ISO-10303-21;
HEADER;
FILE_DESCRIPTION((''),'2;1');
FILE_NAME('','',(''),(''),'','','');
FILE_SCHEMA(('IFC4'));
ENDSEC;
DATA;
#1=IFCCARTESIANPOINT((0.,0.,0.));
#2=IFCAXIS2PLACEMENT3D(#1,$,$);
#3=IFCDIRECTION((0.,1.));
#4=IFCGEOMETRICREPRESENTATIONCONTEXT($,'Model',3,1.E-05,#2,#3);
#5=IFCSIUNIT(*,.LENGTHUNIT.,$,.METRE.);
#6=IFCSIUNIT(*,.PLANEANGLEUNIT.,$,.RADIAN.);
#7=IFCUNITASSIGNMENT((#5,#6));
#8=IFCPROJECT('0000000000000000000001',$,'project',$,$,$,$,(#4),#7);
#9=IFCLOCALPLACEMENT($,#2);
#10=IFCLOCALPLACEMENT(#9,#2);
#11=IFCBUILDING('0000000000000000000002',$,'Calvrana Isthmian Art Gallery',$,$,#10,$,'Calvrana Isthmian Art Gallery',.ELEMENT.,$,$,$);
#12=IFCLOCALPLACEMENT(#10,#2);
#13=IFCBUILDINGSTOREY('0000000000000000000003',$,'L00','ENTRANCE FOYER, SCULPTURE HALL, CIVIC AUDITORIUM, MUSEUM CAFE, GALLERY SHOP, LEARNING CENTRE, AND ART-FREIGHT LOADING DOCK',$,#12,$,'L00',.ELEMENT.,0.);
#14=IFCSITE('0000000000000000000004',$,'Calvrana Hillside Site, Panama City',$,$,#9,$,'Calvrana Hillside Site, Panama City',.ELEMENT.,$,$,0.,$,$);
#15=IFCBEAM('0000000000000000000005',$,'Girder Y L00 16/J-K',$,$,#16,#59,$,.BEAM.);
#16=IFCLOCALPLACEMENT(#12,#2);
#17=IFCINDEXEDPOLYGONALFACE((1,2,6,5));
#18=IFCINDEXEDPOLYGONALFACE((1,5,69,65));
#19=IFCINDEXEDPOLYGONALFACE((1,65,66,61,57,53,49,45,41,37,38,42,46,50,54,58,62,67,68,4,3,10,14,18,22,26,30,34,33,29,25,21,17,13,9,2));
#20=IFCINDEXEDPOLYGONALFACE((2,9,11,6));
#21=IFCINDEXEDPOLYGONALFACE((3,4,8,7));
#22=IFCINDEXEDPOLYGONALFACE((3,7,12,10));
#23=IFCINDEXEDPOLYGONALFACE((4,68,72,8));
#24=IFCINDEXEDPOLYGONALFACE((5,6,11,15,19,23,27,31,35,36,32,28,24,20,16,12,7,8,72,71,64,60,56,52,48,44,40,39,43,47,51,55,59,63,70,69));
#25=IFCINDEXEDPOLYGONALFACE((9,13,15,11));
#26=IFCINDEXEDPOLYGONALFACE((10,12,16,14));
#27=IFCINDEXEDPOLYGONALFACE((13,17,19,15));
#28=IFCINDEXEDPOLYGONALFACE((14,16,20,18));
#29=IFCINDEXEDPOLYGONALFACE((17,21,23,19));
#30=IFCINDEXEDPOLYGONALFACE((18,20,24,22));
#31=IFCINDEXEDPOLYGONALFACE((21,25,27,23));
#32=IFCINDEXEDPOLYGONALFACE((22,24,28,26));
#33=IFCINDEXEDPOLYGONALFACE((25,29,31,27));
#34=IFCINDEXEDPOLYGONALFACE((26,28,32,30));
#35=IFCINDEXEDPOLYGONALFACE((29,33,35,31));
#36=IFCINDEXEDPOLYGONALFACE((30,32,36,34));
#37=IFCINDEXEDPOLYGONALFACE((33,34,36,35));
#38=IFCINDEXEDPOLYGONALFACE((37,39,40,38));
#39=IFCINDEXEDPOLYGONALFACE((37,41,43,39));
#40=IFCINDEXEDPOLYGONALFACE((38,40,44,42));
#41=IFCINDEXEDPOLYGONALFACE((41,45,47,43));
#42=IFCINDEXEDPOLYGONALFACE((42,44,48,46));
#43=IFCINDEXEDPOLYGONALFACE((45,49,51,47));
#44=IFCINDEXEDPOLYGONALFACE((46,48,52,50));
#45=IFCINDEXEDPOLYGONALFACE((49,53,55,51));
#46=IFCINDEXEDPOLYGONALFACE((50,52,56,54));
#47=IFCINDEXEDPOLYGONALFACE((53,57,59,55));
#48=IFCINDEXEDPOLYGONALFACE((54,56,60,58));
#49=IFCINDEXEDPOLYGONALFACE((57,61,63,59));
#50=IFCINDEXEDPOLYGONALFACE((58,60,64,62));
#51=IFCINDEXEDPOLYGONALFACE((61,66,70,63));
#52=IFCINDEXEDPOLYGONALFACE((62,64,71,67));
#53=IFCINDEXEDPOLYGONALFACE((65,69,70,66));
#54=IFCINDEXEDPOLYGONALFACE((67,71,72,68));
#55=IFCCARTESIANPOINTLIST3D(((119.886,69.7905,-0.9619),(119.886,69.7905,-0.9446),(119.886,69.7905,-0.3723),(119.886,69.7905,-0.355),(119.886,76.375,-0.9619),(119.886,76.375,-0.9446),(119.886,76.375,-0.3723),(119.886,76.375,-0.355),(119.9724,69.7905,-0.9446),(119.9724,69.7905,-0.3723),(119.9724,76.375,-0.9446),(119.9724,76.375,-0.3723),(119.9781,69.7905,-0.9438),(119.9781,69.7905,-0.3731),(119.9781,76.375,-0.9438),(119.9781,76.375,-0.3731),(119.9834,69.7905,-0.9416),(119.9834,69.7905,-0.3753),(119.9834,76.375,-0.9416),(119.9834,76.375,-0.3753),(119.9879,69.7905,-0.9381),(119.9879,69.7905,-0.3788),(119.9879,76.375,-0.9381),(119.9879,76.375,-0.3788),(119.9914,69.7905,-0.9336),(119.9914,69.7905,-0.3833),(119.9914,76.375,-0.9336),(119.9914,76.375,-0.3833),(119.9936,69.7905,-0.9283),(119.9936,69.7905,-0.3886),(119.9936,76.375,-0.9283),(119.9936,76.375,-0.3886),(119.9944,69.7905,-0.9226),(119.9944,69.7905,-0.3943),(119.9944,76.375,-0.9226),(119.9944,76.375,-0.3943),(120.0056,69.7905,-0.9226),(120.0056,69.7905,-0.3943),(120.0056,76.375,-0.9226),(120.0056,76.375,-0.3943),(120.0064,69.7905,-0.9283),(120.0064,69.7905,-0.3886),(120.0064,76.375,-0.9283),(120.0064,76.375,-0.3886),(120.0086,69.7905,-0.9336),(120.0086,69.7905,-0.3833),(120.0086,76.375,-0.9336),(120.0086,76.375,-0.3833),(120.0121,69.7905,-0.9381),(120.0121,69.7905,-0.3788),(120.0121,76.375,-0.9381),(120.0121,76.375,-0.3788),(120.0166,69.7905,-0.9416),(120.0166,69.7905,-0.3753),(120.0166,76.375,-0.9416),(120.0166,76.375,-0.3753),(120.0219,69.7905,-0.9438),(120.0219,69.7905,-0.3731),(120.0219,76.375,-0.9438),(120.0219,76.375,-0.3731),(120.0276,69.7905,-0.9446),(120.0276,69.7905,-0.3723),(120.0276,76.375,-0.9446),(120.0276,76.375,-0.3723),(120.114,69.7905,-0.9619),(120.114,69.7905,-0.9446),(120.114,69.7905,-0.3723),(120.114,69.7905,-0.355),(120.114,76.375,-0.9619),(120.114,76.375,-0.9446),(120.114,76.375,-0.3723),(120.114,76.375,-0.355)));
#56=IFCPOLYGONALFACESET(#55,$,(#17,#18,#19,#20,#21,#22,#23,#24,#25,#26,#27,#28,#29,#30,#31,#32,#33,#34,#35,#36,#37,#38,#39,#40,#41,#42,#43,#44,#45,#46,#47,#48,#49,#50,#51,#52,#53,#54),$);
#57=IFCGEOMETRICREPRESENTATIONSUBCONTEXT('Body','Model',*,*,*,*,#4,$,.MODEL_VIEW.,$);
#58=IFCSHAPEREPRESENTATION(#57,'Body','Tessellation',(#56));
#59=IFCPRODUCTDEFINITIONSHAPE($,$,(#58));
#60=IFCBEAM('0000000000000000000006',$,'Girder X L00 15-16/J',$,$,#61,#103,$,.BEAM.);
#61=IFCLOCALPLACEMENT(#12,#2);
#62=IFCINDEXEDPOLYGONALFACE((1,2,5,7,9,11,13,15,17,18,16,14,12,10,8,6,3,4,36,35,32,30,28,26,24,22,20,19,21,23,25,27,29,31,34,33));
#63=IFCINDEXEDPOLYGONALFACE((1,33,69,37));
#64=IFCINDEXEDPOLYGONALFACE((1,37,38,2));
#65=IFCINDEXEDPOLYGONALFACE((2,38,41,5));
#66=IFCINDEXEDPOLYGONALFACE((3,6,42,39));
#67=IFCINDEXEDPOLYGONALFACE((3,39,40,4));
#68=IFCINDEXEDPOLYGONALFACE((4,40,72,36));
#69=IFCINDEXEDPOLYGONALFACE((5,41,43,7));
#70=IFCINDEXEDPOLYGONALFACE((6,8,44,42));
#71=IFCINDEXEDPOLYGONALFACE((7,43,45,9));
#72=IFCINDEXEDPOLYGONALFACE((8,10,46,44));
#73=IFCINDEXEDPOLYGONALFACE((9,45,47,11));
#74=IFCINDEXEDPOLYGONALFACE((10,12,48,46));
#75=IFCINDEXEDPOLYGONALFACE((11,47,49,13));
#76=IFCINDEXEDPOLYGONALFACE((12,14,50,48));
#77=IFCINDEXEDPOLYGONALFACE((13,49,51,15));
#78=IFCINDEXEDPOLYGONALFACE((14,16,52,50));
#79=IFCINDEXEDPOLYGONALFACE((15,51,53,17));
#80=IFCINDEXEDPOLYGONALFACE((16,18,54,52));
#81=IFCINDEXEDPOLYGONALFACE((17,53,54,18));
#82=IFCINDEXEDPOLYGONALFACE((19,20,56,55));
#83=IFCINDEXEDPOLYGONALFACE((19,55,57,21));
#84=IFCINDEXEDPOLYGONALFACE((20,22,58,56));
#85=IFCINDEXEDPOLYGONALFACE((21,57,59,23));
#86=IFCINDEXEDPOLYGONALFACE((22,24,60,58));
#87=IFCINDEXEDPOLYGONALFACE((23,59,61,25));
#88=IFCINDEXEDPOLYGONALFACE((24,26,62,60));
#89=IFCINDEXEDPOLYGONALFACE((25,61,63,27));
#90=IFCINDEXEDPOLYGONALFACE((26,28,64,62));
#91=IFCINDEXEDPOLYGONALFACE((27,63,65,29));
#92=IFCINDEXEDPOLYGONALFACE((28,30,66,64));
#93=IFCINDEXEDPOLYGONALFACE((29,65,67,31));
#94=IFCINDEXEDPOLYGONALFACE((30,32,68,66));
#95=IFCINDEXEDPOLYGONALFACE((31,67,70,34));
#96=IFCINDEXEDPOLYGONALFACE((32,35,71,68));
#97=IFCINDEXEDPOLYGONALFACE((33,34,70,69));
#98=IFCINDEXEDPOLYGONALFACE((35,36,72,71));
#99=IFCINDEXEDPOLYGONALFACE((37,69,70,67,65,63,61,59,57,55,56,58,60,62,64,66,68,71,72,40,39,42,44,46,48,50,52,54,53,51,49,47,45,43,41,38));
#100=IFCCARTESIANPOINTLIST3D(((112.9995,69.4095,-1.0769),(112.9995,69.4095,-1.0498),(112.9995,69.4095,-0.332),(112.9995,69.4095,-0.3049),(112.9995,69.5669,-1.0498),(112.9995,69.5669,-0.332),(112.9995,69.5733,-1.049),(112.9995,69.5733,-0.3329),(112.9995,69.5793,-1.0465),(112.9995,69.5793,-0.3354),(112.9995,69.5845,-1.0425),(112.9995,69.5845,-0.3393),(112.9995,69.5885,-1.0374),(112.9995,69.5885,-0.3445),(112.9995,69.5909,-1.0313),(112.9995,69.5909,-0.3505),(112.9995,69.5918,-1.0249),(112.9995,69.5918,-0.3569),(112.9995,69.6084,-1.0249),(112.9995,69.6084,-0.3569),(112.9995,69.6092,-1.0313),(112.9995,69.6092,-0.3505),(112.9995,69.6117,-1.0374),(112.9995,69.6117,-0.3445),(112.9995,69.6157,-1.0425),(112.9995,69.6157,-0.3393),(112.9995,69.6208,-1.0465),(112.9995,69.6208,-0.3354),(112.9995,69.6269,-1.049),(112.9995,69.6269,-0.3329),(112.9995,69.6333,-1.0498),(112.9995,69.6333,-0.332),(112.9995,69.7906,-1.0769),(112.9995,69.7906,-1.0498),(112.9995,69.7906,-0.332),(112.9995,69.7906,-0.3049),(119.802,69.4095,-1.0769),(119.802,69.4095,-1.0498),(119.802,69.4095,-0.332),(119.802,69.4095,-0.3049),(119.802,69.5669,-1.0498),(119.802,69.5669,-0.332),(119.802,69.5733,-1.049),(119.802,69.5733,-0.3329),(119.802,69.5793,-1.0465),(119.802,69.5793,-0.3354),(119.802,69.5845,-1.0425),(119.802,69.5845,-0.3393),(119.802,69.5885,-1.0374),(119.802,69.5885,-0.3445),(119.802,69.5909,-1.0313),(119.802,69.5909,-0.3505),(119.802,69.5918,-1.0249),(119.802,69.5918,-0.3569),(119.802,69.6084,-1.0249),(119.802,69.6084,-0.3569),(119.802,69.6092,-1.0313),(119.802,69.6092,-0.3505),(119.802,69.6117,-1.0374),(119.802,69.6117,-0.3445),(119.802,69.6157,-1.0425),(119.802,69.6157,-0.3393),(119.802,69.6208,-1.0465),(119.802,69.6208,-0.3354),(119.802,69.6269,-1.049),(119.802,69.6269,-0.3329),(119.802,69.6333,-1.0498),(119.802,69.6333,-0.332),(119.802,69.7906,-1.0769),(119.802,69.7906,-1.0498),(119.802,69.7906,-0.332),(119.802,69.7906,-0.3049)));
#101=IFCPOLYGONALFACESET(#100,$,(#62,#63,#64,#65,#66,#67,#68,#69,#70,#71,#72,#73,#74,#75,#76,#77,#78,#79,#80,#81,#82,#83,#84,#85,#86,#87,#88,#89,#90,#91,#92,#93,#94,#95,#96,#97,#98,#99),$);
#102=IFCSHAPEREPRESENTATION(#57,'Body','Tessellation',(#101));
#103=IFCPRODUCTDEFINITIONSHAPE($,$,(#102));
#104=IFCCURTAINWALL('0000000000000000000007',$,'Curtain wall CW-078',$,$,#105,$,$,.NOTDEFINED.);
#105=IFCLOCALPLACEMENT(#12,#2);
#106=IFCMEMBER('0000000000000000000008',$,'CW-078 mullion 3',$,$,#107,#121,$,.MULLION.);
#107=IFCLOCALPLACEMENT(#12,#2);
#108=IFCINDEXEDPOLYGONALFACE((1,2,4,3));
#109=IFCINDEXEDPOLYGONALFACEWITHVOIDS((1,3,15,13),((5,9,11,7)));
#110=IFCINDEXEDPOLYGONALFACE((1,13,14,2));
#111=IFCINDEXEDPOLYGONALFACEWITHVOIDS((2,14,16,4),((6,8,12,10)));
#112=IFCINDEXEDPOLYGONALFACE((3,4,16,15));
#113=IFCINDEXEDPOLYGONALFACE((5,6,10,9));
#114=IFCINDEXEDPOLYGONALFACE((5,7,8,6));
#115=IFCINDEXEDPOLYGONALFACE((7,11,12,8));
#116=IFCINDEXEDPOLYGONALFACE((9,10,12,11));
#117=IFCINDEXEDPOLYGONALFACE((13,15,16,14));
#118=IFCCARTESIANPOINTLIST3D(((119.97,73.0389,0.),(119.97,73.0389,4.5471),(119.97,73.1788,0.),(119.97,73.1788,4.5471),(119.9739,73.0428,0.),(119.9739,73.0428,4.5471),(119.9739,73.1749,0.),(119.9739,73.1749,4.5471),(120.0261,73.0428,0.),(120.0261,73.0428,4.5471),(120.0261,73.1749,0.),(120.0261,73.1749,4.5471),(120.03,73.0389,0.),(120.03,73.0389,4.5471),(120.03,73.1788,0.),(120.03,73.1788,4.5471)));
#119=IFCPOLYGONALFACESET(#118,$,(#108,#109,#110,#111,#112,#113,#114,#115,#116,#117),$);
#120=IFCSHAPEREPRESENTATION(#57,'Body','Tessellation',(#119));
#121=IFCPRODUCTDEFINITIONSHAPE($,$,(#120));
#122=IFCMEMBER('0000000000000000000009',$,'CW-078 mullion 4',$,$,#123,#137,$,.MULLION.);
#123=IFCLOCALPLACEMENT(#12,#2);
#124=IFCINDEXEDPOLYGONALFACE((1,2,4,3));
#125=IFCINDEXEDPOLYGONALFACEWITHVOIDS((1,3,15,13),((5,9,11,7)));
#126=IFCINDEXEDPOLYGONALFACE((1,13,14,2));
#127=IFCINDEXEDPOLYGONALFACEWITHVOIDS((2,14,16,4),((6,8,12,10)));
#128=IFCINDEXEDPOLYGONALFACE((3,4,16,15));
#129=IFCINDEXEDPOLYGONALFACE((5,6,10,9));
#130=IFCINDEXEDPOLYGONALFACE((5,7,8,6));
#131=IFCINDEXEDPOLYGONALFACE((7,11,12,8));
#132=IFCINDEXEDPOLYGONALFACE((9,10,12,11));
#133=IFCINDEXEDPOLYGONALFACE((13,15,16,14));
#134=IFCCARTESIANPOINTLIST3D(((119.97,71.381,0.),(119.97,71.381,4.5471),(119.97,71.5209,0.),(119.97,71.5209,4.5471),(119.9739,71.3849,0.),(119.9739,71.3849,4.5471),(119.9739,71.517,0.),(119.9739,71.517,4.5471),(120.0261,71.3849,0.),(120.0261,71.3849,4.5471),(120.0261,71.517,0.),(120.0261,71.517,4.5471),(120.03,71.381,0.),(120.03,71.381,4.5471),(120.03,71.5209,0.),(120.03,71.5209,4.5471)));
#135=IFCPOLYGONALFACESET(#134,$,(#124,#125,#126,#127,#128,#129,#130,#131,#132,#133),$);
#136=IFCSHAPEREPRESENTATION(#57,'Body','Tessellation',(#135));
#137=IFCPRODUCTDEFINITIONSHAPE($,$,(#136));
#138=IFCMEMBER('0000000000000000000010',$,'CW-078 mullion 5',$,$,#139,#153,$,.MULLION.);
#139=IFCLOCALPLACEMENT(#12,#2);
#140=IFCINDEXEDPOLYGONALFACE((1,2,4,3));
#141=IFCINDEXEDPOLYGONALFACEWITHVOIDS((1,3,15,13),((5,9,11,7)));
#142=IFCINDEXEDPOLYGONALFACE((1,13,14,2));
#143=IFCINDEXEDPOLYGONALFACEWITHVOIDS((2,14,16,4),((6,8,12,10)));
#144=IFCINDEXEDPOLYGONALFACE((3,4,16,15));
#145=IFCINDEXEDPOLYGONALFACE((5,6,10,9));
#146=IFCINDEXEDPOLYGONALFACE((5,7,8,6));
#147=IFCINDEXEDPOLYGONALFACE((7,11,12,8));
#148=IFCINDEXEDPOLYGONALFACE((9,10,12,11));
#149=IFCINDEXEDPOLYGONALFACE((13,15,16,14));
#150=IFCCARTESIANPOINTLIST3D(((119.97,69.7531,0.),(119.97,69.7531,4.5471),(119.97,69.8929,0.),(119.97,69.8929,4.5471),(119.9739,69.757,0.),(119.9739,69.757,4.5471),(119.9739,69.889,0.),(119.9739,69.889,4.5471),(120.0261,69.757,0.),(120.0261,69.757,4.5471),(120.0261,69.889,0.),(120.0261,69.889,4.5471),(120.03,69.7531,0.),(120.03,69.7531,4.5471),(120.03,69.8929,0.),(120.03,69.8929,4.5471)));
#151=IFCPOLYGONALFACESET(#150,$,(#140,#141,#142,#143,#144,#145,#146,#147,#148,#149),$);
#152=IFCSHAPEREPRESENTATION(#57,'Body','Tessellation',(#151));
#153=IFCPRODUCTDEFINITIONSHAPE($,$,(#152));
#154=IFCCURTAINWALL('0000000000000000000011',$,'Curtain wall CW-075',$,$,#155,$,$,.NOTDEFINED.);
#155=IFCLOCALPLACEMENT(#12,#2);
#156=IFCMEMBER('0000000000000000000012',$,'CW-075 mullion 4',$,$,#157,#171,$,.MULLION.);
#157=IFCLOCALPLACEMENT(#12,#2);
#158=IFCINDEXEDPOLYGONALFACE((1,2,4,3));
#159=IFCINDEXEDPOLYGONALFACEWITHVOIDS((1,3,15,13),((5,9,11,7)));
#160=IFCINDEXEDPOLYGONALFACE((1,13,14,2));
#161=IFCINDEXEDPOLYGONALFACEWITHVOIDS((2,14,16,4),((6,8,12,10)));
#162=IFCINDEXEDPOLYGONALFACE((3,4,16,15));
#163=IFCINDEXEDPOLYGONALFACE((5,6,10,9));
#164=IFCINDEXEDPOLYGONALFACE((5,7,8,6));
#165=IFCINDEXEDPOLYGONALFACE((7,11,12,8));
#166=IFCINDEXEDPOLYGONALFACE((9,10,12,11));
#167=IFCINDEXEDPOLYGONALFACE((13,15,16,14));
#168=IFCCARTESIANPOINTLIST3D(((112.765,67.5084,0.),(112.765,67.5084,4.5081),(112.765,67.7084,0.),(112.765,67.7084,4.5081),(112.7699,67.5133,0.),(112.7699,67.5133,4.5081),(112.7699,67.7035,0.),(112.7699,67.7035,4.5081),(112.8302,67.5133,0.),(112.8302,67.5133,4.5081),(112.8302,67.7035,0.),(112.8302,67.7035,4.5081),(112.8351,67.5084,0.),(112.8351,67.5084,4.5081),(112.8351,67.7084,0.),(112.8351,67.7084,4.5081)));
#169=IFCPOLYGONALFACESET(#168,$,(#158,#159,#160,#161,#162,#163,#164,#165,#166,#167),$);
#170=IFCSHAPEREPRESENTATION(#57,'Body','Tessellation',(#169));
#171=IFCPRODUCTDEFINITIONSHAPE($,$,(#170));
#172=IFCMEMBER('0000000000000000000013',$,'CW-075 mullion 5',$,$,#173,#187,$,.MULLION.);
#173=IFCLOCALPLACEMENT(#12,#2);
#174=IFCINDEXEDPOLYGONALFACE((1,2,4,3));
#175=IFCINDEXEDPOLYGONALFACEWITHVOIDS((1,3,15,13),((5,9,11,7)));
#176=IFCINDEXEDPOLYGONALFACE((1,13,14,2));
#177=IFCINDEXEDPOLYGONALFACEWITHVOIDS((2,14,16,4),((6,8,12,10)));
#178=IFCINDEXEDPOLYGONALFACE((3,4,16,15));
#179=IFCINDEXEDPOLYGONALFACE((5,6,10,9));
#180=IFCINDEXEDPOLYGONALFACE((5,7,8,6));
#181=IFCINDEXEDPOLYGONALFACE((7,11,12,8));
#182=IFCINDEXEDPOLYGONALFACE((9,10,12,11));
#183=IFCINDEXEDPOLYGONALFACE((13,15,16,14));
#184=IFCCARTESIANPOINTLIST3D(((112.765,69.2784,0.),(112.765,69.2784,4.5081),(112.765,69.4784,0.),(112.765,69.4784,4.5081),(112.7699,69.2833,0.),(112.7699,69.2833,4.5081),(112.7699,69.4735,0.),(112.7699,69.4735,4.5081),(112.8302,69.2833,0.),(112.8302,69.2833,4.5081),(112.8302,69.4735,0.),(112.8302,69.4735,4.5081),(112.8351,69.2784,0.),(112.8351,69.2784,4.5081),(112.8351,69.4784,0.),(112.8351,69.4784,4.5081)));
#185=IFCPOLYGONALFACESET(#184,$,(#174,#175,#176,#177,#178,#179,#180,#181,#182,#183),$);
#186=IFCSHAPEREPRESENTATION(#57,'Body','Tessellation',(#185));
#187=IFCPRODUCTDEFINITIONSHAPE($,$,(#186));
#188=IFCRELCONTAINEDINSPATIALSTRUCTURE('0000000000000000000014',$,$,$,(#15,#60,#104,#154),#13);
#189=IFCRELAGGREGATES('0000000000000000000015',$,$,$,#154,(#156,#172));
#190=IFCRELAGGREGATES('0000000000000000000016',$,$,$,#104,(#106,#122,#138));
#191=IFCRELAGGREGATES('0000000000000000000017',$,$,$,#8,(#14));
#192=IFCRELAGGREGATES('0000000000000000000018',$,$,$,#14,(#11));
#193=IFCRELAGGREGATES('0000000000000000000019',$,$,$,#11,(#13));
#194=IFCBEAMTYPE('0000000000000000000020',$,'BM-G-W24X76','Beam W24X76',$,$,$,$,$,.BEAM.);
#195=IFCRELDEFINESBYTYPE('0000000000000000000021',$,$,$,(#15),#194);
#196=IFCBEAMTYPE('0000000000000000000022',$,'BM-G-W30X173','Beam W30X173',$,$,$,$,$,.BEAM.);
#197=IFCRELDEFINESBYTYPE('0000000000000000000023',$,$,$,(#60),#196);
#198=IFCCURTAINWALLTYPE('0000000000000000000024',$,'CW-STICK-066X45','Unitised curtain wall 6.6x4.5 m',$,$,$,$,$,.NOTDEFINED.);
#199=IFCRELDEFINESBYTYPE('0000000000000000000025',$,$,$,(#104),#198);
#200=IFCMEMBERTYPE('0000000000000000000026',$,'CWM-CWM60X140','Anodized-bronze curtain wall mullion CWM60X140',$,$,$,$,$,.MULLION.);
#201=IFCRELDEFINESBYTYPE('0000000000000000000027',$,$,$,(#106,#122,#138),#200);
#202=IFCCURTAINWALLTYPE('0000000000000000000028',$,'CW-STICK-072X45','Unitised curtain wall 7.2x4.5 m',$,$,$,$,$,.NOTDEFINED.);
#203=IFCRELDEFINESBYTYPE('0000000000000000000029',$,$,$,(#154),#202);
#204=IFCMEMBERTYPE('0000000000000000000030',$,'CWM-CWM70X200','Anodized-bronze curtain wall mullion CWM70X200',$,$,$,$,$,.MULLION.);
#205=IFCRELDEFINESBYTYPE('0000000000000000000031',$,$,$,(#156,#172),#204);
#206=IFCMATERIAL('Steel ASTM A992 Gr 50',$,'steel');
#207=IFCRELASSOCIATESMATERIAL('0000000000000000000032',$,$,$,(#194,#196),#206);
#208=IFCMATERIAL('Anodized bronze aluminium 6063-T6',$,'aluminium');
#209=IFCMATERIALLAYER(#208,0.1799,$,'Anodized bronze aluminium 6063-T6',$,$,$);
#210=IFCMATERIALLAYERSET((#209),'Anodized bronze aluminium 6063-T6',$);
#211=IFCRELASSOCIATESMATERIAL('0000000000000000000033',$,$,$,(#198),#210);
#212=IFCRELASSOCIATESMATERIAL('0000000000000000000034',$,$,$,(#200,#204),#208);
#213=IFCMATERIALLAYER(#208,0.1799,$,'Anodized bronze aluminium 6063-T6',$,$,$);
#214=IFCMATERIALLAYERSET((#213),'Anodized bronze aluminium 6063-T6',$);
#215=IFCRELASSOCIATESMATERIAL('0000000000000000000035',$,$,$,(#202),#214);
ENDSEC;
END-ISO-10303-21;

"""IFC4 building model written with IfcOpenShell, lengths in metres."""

from ifc_helpers import new_model, si_unit, direction, frame, origin, origin_2d, place, context, subcontext, project, spatial, hollow_rectangle, i_section, extrude, material, layer, layer_set, material_profile, profile_set, type_object, element, aggregate, save


model = new_model("IFC4")

# Units and contexts
model_context = context("Model", 3, precision=1e-05, world=origin(), true_north=direction((0.0, 1.0)))
body_context = subcontext(model_context, "Body", "Model", "MODEL_VIEW")
ifc_project = project(units=[si_unit("LENGTHUNIT", "METRE"), si_unit("PLANEANGLEUNIT", "RADIAN")], contexts=[model_context])

# Site, building, storey
site_placement = place(None, origin())
site = spatial("IfcSite", under=ifc_project, at=site_placement, Name="Calvrana Hillside Site, Panama City", LongName="Calvrana Hillside Site, Panama City", CompositionType="ELEMENT", RefElevation=0.0)
building_placement = place(site_placement, origin())
building = spatial("IfcBuilding", under=site, at=building_placement, Name="Calvrana Isthmian Art Gallery", LongName="Calvrana Isthmian Art Gallery", CompositionType="ELEMENT")
storey_placement = place(building_placement, origin())
storey = spatial("IfcBuildingStorey", under=building, at=storey_placement, Name="L00", Description="ENTRANCE FOYER, SCULPTURE HALL, CIVIC AUDITORIUM, MUSEUM CAFE, GALLERY SHOP, LEARNING CENTRE, AND ART-FREIGHT LOADING DOCK", LongName="L00", CompositionType="ELEMENT", Elevation=0.0)

# Shared definitions
ifc_material_1 = material(Name="Steel ASTM A992 Gr 50", Category="steel")

# Beams
ifc_material_profile_1 = material_profile(ifc_material_1, i_section(OverallWidth=0.228, OverallDepth=0.6069, WebThickness=0.0112, FlangeThickness=0.0173, FilletRadius=0.022, at=origin_2d()), Name="W24X76")
ifc_profile_set_1 = profile_set([ifc_material_profile_1], Name="Steel ASTM A992 Gr 50")
beam_type_1 = type_object("IfcBeamType", Name="BM-G-W24X76", Description="Beam W24X76", PredefinedType="BEAM", material=ifc_profile_set_1)
beam_1_placement = place(storey_placement, frame((120.0, 69.7905, -0.6584), z_axis=(0.0, 1.0, 0.0), x_axis=(-1.0, 0.0, 0.0)))
element("IfcBeam", 1, at=beam_1_placement, inside=storey, type_object=beam_type_1, Name="Girder Y L00 16/J-K", PredefinedType="BEAM", context=body_context, shape_type="SweptSolid", body=[
    extrude(i_section(OverallWidth=0.228, OverallDepth=0.6069, WebThickness=0.0112, FlangeThickness=0.0173, FilletRadius=0.022, at=origin_2d()), origin(), (0.0, 0.0, 1.0), 6.5845),
])
ifc_material_profile_2 = material_profile(ifc_material_1, i_section(OverallWidth=0.3811, OverallDepth=0.772, WebThickness=0.0166, FlangeThickness=0.0271, FilletRadius=0.0249, at=origin_2d()), Name="W30X173")
ifc_profile_set_2 = profile_set([ifc_material_profile_2], Name="Steel ASTM A992 Gr 50")
beam_type_2 = type_object("IfcBeamType", Name="BM-G-W30X173", Description="Beam W30X173", PredefinedType="BEAM", material=ifc_profile_set_2)
beam_2_placement = place(storey_placement, frame((112.9995, 69.6001, -0.6909), z_axis=(1.0, 0.0, 0.0), x_axis=(0.0, 1.0, 0.0)))
element("IfcBeam", 2, at=beam_2_placement, inside=storey, type_object=beam_type_2, Name="Girder X L00 15-16/J", PredefinedType="BEAM", context=body_context, shape_type="SweptSolid", body=[
    extrude(i_section(OverallWidth=0.3811, OverallDepth=0.772, WebThickness=0.0166, FlangeThickness=0.0271, FilletRadius=0.0249, at=origin_2d()), origin(), (0.0, 0.0, 1.0), 6.8025),
])

# Curtain walls, members
ifc_material_2 = material(Name="Anodized bronze aluminium 6063-T6", Category="aluminium")
ifc_layer_1 = layer(ifc_material_2, 0.1799, Name="Anodized bronze aluminium 6063-T6")
ifc_layer_set_1 = layer_set([ifc_layer_1], Name="Anodized bronze aluminium 6063-T6")
curtain_wall_type_1 = type_object("IfcCurtainWallType", Name="CW-STICK-066X45", Description="Unitised curtain wall 6.6x4.5 m", PredefinedType="NOTDEFINED", material=ifc_layer_set_1)
curtain_wall_1_placement = place(storey_placement, origin())
curtain_wall_1 = element("IfcCurtainWall", 3, at=curtain_wall_1_placement, inside=storey, type_object=curtain_wall_type_1, Name="Curtain wall CW-078", PredefinedType="NOTDEFINED")
ifc_material_profile_3 = material_profile(ifc_material_2, hollow_rectangle(XDim=0.0601, YDim=0.1399, WallThickness=0.0039, at=origin_2d()), Name="CWM60X140")
ifc_profile_set_3 = profile_set([ifc_material_profile_3], Name="Anodized bronze aluminium 6063-T6")
member_type_1 = type_object("IfcMemberType", Name="CWM-CWM60X140", Description="Anodized-bronze curtain wall mullion CWM60X140", PredefinedType="MULLION", material=ifc_profile_set_3)
member_1_placement = place(storey_placement, frame((120.0, 73.1089, 0.0), z_axis=(0.0, 0.0, 1.0), x_axis=(1.0, 0.0, 0.0)))
member_1 = element("IfcMember", 4, at=member_1_placement, type_object=member_type_1, Name="CW-078 mullion 3", PredefinedType="MULLION", context=body_context, shape_type="SweptSolid", body=[
    extrude(hollow_rectangle(XDim=0.0601, YDim=0.1399, WallThickness=0.0039, at=origin_2d()), origin(), (0.0, 0.0, 1.0), 4.5471),
])
member_2_placement = place(storey_placement, frame((120.0, 71.4509, 0.0), z_axis=(0.0, 0.0, 1.0), x_axis=(1.0, 0.0, 0.0)))
member_2 = element("IfcMember", 5, at=member_2_placement, type_object=member_type_1, Name="CW-078 mullion 4", PredefinedType="MULLION", context=body_context, shape_type="SweptSolid", body=[
    extrude(hollow_rectangle(XDim=0.0601, YDim=0.1399, WallThickness=0.0039, at=origin_2d()), origin(), (0.0, 0.0, 1.0), 4.5471),
])
member_3_placement = place(storey_placement, frame((120.0, 69.823, 0.0), z_axis=(0.0, 0.0, 1.0), x_axis=(1.0, 0.0, 0.0)))
member_3 = element("IfcMember", 6, at=member_3_placement, type_object=member_type_1, Name="CW-078 mullion 5", PredefinedType="MULLION", context=body_context, shape_type="SweptSolid", body=[
    extrude(hollow_rectangle(XDim=0.0601, YDim=0.1399, WallThickness=0.0039, at=origin_2d()), origin(), (0.0, 0.0, 1.0), 4.5471),
])
ifc_layer_2 = layer(ifc_material_2, 0.1799, Name="Anodized bronze aluminium 6063-T6")
ifc_layer_set_2 = layer_set([ifc_layer_2], Name="Anodized bronze aluminium 6063-T6")
curtain_wall_type_2 = type_object("IfcCurtainWallType", Name="CW-STICK-072X45", Description="Unitised curtain wall 7.2x4.5 m", PredefinedType="NOTDEFINED", material=ifc_layer_set_2)
curtain_wall_2_placement = place(storey_placement, origin())
curtain_wall_2 = element("IfcCurtainWall", 7, at=curtain_wall_2_placement, inside=storey, type_object=curtain_wall_type_2, Name="Curtain wall CW-075", PredefinedType="NOTDEFINED")
ifc_material_profile_4 = material_profile(ifc_material_2, hollow_rectangle(XDim=0.0701, YDim=0.2, WallThickness=0.0049, at=origin_2d()), Name="CWM70X200")
ifc_profile_set_4 = profile_set([ifc_material_profile_4], Name="Anodized bronze aluminium 6063-T6")
member_type_2 = type_object("IfcMemberType", Name="CWM-CWM70X200", Description="Anodized-bronze curtain wall mullion CWM70X200", PredefinedType="MULLION", material=ifc_profile_set_4)
member_4_placement = place(storey_placement, frame((112.8, 67.6084, 0.0), z_axis=(0.0, 0.0, 1.0), x_axis=(-1.0, 0.0, 0.0)))
member_4 = element("IfcMember", 8, at=member_4_placement, type_object=member_type_2, Name="CW-075 mullion 4", PredefinedType="MULLION", context=body_context, shape_type="SweptSolid", body=[
    extrude(hollow_rectangle(XDim=0.0701, YDim=0.2, WallThickness=0.0049, at=origin_2d()), origin(), (0.0, 0.0, 1.0), 4.5081),
])
member_5_placement = place(storey_placement, frame((112.8, 69.3784, 0.0), z_axis=(0.0, 0.0, 1.0), x_axis=(-1.0, 0.0, 0.0)))
member_5 = element("IfcMember", 9, at=member_5_placement, type_object=member_type_2, Name="CW-075 mullion 5", PredefinedType="MULLION", context=body_context, shape_type="SweptSolid", body=[
    extrude(hollow_rectangle(XDim=0.0701, YDim=0.2, WallThickness=0.0049, at=origin_2d()), origin(), (0.0, 0.0, 1.0), 4.5081),
])

aggregate(curtain_wall_2, [member_4, member_5])
aggregate(curtain_wall_1, [member_1, member_2, member_3])

save(model, "model.ifc")
